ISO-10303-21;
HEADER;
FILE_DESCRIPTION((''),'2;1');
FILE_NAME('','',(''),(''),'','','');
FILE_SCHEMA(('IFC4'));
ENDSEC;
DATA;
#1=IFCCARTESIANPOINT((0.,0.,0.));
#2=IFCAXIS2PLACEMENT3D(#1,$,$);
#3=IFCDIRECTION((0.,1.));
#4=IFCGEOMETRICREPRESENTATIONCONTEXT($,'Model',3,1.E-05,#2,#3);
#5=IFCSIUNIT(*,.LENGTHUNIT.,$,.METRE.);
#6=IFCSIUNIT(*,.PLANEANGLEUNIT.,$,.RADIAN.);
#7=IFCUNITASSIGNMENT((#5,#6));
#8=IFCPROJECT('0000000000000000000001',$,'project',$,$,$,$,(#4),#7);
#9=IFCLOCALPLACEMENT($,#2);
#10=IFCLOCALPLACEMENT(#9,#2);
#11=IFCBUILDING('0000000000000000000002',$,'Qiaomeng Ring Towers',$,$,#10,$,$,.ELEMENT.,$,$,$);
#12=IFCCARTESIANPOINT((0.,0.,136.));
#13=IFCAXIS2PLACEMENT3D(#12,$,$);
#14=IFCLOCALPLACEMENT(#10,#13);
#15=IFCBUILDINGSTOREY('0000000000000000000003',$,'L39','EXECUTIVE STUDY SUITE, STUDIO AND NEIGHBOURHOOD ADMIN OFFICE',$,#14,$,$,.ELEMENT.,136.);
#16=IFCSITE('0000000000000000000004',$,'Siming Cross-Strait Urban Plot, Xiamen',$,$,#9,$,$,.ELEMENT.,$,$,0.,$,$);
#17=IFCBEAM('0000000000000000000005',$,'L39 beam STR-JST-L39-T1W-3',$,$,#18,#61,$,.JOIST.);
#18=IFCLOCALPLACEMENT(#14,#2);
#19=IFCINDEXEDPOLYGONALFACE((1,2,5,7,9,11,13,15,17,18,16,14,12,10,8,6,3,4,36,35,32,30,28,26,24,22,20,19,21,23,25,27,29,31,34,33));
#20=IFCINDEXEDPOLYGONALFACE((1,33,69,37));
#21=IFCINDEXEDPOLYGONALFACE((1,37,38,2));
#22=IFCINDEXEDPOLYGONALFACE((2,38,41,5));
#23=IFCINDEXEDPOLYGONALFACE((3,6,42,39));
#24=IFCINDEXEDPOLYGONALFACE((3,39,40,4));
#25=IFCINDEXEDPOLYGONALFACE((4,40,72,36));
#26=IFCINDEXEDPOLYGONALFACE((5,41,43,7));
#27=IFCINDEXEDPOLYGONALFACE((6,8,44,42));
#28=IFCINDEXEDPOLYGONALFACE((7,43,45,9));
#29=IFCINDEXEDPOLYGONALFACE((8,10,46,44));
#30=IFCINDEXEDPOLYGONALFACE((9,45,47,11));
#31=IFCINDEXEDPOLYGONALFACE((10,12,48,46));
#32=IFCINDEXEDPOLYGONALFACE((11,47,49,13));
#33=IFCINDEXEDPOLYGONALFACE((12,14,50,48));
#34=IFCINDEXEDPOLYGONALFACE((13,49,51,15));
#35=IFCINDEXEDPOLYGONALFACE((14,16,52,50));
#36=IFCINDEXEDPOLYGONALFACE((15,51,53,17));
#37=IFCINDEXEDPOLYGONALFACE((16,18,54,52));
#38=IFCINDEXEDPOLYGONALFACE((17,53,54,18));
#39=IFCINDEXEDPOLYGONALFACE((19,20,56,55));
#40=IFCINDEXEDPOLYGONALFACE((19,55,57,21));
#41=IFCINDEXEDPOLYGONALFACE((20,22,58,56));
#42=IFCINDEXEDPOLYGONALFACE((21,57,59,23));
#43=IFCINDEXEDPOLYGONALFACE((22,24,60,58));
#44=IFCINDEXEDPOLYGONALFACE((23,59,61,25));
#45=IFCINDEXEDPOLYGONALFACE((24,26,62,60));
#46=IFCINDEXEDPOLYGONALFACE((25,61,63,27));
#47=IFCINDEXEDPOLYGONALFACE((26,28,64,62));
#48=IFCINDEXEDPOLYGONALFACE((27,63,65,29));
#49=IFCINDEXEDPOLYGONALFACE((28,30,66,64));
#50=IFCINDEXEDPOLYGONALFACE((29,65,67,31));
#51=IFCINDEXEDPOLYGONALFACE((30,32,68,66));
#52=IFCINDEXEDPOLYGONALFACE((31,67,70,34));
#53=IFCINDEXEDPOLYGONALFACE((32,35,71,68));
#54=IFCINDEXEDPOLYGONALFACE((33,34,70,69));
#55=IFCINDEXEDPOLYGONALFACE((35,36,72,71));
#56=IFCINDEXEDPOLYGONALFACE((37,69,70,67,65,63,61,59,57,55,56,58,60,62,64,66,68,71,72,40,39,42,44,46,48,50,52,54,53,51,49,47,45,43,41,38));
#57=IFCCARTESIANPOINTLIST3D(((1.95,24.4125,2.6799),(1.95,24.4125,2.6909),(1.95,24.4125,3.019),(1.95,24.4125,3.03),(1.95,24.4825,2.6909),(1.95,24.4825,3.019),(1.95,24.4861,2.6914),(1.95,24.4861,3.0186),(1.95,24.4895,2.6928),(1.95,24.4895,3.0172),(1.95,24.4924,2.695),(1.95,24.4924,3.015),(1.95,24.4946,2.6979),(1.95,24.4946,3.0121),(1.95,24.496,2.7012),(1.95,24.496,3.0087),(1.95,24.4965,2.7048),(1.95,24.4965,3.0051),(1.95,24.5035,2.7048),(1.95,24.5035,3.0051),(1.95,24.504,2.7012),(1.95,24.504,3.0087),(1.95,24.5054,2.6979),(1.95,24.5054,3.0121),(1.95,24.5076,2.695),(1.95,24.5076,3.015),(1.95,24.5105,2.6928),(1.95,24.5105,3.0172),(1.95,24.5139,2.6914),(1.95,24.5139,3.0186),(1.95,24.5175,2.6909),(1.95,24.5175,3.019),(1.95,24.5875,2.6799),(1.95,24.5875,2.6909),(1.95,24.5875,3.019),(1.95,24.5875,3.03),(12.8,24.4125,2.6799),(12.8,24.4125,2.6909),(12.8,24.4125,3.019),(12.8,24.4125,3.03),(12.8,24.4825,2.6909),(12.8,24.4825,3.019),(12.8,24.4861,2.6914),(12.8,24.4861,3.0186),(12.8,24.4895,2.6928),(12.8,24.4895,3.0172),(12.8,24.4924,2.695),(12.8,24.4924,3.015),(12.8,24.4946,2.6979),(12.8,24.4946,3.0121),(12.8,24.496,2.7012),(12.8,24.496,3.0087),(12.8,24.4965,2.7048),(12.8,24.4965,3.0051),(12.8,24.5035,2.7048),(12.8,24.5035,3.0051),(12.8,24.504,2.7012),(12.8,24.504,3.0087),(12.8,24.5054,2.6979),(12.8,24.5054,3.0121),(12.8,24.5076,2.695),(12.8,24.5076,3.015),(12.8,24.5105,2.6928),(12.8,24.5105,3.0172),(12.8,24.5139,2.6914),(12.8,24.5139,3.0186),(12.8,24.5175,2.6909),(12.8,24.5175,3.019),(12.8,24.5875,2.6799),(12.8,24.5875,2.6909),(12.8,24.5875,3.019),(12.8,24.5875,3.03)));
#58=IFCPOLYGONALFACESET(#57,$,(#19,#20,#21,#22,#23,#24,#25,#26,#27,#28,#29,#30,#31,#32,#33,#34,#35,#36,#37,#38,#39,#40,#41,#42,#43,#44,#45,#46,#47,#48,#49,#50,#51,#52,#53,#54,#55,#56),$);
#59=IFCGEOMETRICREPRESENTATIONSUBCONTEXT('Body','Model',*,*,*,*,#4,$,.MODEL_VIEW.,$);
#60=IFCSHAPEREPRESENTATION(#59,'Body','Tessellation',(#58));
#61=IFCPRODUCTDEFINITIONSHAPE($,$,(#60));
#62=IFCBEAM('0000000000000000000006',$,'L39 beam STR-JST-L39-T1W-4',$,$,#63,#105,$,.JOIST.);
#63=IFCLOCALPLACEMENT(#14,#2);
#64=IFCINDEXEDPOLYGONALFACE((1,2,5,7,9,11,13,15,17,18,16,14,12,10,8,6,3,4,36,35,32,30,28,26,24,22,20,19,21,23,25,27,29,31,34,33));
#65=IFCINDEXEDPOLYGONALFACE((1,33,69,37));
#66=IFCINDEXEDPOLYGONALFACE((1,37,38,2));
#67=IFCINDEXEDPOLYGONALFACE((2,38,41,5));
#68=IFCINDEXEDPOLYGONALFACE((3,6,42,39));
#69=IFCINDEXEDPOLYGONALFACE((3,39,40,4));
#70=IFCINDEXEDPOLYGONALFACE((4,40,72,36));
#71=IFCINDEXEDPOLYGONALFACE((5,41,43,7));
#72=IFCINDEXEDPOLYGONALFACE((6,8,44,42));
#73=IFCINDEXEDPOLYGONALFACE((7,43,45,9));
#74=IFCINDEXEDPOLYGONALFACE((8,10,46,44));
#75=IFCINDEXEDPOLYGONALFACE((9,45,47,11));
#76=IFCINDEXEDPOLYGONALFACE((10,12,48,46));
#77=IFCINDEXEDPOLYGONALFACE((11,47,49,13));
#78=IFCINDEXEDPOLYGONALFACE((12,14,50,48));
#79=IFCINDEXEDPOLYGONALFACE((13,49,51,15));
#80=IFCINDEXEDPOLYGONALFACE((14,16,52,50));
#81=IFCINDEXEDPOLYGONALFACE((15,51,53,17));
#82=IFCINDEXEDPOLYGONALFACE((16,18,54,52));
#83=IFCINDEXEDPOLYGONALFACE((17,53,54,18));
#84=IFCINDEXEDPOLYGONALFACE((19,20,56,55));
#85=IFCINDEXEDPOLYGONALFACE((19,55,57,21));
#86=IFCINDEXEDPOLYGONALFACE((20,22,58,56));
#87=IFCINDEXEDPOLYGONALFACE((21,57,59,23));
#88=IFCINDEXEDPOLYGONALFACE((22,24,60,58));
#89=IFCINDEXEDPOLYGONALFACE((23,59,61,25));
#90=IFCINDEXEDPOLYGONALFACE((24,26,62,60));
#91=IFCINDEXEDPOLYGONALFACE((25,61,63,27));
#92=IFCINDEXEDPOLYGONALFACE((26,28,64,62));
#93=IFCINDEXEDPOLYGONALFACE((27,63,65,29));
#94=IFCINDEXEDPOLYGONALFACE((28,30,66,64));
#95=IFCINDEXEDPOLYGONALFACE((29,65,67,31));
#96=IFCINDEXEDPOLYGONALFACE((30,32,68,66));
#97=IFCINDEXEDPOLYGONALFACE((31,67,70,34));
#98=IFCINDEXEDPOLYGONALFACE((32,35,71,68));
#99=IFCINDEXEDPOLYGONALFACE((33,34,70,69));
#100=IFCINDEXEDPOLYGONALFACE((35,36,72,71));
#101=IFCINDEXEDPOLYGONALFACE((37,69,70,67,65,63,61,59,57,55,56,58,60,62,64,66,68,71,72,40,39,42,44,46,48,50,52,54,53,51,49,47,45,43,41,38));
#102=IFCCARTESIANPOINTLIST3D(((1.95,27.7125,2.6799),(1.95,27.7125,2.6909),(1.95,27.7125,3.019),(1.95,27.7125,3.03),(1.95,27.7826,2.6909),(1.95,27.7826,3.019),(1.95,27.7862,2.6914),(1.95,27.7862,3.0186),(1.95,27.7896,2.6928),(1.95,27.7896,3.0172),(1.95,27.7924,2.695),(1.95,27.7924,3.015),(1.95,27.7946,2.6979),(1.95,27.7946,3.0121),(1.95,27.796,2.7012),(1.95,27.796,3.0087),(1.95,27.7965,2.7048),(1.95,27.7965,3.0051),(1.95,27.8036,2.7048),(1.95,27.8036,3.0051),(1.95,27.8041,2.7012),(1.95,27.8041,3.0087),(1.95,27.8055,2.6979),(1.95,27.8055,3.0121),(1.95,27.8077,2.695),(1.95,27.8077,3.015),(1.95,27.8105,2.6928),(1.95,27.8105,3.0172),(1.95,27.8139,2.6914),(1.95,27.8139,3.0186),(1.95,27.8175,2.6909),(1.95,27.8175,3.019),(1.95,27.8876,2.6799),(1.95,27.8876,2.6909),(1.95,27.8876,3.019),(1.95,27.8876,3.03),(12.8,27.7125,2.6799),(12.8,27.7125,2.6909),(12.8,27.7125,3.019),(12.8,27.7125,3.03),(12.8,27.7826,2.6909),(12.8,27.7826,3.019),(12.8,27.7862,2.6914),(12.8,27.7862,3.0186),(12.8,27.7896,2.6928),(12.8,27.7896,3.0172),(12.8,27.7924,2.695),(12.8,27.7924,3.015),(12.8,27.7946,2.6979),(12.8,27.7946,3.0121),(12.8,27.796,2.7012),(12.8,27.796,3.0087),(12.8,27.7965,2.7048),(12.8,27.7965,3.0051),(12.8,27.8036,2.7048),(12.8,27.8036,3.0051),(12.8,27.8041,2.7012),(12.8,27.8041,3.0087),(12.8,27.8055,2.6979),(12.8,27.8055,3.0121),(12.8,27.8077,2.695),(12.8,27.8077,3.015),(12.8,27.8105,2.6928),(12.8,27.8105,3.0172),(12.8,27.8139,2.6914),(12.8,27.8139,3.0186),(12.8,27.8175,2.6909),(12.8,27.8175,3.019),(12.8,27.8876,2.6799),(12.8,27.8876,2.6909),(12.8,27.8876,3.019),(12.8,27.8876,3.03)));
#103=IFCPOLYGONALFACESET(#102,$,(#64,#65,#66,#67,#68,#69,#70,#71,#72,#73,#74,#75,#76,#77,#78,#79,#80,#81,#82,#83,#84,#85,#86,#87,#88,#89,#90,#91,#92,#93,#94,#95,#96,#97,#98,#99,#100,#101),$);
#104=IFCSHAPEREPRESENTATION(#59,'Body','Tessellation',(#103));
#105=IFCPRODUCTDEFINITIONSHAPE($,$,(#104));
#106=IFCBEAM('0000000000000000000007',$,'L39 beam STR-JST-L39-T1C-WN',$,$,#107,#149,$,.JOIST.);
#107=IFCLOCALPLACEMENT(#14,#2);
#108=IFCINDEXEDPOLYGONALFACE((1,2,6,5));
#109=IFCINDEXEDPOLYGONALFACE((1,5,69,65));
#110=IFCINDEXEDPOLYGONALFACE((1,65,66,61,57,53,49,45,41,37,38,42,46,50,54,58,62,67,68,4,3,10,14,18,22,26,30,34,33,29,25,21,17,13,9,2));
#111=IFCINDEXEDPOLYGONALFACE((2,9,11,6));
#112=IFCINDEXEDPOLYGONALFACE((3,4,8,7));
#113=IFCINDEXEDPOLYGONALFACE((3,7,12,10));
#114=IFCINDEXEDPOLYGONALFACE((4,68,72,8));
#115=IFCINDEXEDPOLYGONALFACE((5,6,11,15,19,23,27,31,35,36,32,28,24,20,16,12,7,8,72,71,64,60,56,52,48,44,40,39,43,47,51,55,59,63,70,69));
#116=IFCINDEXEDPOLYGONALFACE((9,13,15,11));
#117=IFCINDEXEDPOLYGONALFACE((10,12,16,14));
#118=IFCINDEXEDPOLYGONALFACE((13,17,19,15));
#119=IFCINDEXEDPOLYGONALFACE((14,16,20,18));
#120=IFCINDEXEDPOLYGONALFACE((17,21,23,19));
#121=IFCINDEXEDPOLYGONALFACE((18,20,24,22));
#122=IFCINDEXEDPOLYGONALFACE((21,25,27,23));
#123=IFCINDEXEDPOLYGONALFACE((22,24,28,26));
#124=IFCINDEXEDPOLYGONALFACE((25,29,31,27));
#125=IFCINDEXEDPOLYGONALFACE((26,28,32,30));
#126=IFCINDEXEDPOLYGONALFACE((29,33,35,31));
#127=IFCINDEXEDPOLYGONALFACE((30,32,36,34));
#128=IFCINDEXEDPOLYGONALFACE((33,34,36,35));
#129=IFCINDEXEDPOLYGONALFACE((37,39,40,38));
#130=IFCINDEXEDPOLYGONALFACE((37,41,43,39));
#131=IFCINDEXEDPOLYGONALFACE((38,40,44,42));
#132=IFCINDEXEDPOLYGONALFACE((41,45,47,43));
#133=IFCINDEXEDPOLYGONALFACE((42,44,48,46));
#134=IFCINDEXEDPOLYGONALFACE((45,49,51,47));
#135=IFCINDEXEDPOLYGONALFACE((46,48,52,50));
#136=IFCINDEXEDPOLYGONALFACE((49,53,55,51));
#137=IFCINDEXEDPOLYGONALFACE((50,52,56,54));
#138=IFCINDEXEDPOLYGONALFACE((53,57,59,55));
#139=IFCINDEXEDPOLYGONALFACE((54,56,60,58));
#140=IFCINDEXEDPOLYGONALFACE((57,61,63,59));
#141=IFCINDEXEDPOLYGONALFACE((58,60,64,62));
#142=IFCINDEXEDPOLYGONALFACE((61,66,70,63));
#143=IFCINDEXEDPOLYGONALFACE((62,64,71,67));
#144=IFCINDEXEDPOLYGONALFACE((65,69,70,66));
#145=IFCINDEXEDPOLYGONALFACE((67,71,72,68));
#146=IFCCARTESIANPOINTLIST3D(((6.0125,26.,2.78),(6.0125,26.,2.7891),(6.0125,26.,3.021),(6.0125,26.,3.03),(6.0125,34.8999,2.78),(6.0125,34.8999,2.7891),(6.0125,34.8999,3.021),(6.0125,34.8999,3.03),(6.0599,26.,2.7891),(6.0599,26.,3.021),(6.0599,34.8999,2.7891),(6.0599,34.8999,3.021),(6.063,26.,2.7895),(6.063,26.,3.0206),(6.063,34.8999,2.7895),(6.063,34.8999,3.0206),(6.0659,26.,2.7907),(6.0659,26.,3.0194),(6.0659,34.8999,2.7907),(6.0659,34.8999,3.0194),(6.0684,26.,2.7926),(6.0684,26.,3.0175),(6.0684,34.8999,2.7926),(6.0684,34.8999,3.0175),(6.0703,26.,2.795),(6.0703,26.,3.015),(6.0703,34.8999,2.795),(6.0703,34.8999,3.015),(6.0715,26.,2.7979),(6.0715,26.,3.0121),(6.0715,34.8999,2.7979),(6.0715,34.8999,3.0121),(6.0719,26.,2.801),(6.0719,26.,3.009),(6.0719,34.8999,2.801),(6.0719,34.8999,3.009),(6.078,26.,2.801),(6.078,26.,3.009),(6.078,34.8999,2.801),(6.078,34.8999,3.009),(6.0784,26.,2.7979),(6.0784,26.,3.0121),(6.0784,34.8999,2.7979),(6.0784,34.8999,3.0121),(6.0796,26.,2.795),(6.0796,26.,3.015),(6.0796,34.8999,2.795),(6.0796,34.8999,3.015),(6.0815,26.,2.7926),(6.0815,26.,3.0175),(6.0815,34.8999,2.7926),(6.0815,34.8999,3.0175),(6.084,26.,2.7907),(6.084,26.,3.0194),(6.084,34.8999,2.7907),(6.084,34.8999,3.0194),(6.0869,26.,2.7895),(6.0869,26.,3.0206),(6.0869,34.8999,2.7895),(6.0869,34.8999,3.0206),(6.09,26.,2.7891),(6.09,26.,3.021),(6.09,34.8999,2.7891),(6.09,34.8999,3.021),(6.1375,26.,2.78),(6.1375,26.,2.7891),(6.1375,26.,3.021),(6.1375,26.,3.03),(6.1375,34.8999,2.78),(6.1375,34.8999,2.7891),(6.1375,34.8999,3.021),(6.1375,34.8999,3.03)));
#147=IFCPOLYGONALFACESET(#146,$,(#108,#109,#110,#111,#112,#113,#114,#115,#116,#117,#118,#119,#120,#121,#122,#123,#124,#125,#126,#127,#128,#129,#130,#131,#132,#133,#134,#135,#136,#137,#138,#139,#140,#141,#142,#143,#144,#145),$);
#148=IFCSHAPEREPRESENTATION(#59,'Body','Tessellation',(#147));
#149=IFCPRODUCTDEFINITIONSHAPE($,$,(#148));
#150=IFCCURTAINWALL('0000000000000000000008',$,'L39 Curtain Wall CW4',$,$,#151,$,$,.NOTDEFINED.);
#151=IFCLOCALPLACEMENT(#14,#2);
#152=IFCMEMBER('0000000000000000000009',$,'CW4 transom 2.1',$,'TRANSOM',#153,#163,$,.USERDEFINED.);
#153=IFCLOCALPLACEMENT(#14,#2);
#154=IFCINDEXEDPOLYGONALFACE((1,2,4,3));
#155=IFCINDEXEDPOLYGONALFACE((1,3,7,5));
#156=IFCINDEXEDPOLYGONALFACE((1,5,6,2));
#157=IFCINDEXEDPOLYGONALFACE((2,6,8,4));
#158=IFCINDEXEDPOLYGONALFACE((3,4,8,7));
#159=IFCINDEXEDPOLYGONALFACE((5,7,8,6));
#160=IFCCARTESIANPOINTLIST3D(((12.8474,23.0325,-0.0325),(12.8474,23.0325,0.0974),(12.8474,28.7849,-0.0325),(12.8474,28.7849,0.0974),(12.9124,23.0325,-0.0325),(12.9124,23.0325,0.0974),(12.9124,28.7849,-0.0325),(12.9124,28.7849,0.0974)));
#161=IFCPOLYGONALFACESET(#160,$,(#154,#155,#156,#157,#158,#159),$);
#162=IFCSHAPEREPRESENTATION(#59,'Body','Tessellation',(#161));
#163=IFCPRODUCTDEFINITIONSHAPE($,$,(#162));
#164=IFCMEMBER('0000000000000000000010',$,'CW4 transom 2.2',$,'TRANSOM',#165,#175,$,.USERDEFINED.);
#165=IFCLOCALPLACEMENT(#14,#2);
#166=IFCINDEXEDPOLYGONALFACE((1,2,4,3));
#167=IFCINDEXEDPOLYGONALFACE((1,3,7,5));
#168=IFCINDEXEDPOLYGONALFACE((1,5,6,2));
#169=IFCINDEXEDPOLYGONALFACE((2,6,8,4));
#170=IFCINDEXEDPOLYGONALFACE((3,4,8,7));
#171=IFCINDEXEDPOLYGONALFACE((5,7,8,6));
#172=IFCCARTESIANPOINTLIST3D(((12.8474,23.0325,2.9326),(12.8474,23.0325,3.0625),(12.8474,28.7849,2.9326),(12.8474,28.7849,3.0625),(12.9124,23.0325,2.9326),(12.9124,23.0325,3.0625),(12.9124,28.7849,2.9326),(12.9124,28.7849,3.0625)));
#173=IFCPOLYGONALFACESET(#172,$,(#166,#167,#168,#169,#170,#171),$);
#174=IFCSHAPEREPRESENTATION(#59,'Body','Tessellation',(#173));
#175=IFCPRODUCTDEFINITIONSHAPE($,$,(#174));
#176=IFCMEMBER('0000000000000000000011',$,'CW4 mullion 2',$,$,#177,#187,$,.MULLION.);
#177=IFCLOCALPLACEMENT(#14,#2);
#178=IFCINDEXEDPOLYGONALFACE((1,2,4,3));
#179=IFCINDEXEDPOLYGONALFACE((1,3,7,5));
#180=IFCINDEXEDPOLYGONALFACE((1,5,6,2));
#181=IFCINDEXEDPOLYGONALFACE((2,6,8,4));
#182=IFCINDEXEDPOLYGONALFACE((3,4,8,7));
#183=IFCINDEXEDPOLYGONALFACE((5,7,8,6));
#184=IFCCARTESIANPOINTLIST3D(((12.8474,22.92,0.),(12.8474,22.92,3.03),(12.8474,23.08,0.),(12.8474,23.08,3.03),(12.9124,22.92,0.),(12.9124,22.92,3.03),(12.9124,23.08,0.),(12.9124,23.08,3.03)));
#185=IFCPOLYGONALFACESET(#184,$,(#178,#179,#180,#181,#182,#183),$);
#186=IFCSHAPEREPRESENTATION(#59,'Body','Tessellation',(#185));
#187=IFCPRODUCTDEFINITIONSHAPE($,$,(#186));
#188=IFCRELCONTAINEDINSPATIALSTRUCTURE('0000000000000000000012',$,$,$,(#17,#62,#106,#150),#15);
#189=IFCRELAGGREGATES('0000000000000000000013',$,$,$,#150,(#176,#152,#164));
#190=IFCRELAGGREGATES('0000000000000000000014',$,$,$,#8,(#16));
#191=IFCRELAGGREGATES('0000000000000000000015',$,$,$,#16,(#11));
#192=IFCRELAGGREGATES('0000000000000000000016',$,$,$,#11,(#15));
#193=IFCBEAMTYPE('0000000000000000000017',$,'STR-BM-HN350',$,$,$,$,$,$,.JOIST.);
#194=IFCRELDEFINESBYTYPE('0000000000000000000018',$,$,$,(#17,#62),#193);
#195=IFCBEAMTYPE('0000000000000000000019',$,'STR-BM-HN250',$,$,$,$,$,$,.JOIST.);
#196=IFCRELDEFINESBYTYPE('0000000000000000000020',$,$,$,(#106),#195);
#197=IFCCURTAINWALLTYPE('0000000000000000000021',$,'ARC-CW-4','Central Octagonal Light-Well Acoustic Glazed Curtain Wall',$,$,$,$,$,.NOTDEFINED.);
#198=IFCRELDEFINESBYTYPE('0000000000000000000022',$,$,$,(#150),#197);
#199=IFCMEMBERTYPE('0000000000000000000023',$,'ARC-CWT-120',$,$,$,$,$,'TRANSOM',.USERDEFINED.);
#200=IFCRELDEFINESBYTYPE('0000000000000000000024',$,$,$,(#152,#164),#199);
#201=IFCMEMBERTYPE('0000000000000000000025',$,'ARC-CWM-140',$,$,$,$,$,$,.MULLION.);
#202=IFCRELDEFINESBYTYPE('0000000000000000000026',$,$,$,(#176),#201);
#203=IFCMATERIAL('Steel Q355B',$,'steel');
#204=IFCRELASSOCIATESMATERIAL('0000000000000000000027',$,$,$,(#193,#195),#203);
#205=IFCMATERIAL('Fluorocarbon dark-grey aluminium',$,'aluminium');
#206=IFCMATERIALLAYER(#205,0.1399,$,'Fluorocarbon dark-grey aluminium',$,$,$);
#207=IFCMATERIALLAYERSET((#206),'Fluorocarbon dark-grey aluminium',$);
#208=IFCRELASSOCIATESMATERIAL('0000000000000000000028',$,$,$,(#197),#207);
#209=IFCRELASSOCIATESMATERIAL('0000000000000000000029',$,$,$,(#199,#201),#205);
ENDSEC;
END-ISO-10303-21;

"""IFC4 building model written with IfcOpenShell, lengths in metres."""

from ifc_helpers import new_model, si_unit, direction, frame, origin, origin_2d, place, context, subcontext, project, spatial, rectangle, i_section, extrude, source, transform, mapped, material, layer, layer_set, material_profile, profile_set, type_object, element, aggregate, save


model = new_model("IFC4")

# Units and contexts
model_context = context("Model", 3, precision=1e-05, world=origin(), true_north=direction((0.0, 1.0)))
body_context = subcontext(model_context, "Body", "Model", "MODEL_VIEW")
ifc_project = project(units=[si_unit("LENGTHUNIT", "METRE"), si_unit("PLANEANGLEUNIT", "RADIAN")], contexts=[model_context])

# Site, building, storey
site_placement = place(None, origin())
site = spatial("IfcSite", under=ifc_project, at=site_placement, Name="Siming Cross-Strait Urban Plot, Xiamen", CompositionType="ELEMENT", RefElevation=0.0)
building_placement = place(site_placement, origin())
building = spatial("IfcBuilding", under=site, at=building_placement, Name="Qiaomeng Ring Towers", CompositionType="ELEMENT")
storey_placement = place(building_placement, frame((0.0, 0.0, 136.0)))
storey = spatial("IfcBuildingStorey", under=building, at=storey_placement, Name="L39", Description="EXECUTIVE STUDY SUITE, STUDIO AND NEIGHBOURHOOD ADMIN OFFICE", CompositionType="ELEMENT", Elevation=136.0)

# Beams
ifc_material_1 = material(Name="Steel Q355B", Category="steel")
ifc_material_profile_1 = material_profile(ifc_material_1, i_section(OverallWidth=0.175, OverallDepth=0.3501, WebThickness=0.0071, FlangeThickness=0.011, FilletRadius=0.0139, at=origin_2d()), Name="HN 350x175x7x11")
ifc_profile_set_1 = profile_set([ifc_material_profile_1], Name="Steel Q355B")
beam_type_1 = type_object("IfcBeamType", Name="STR-BM-HN350", PredefinedType="JOIST", material=ifc_profile_set_1)
shared_shape_1 = source(origin(), body_context, "Body", "SweptSolid", [
    extrude(i_section(OverallWidth=0.175, OverallDepth=0.3501, WebThickness=0.0071, FlangeThickness=0.011, FilletRadius=0.0139, at=origin_2d()), origin(), (0.0, 0.0, 1.0), 10.8501),
])
for number, where, z_axis, x_axis, name in (
    (1, (1.95, 24.5, 2.855), (1.0, 0.0, 0.0), (0.0, 1.0, 0.0), "L39 beam STR-JST-L39-T1W-3"),
    (2, (1.95, 27.8, 2.855), (1.0, 0.0, 0.0), (0.0, 1.0, 0.0), "L39 beam STR-JST-L39-T1W-4"),
):
    element("IfcBeam", number, at=place(storey_placement, frame(where, z_axis=z_axis, x_axis=x_axis)), inside=storey, type_object=beam_type_1, Name=name, PredefinedType="JOIST", context=body_context, shape_type="MappedRepresentation", body=[
        mapped(shared_shape_1, transform((0.0, 0.0, 0.0), x_axis=(1.0, 0.0, 0.0), y_axis=(0.0, 1.0, 0.0), z_axis=(0.0, 0.0, 1.0), scale=1.0)),
    ])
ifc_material_profile_2 = material_profile(ifc_material_1, i_section(OverallWidth=0.125, OverallDepth=0.25, WebThickness=0.0061, FlangeThickness=0.009, FilletRadius=0.012, at=origin_2d()), Name="HN 250x125x6x9")
ifc_profile_set_2 = profile_set([ifc_material_profile_2], Name="Steel Q355B")
beam_type_2 = type_object("IfcBeamType", Name="STR-BM-HN250", PredefinedType="JOIST", material=ifc_profile_set_2)
shared_shape_2 = source(origin(), body_context, "Body", "SweptSolid", [
    extrude(i_section(OverallWidth=0.125, OverallDepth=0.25, WebThickness=0.0061, FlangeThickness=0.009, FilletRadius=0.012, at=origin_2d()), origin(), (0.0, 0.0, 1.0), 8.8999),
])
beam_1_placement = place(storey_placement, frame((6.075, 26.0, 2.905), z_axis=(0.0, 1.0, 0.0), x_axis=(-1.0, 0.0, 0.0)))
element("IfcBeam", 3, at=beam_1_placement, inside=storey, type_object=beam_type_2, Name="L39 beam STR-JST-L39-T1C-WN", PredefinedType="JOIST", context=body_context, shape_type="MappedRepresentation", body=[
    mapped(shared_shape_2, transform((0.0, 0.0, 0.0), x_axis=(1.0, 0.0, 0.0), y_axis=(0.0, 1.0, 0.0), z_axis=(0.0, 0.0, 1.0), scale=1.0)),
])

# Curtain wall, members
ifc_material_2 = material(Name="Fluorocarbon dark-grey aluminium", Category="aluminium")
ifc_layer_1 = layer(ifc_material_2, 0.1399, Name="Fluorocarbon dark-grey aluminium")
ifc_layer_set_1 = layer_set([ifc_layer_1], Name="Fluorocarbon dark-grey aluminium")
curtain_wall_type = type_object("IfcCurtainWallType", Name="ARC-CW-4", Description="Central Octagonal Light-Well Acoustic Glazed Curtain Wall", PredefinedType="NOTDEFINED", material=ifc_layer_set_1)
curtain_wall_placement = place(storey_placement, origin())
curtain_wall = element("IfcCurtainWall", 4, at=curtain_wall_placement, inside=storey, type_object=curtain_wall_type, Name="L39 Curtain Wall CW4", PredefinedType="NOTDEFINED")
ifc_material_profile_3 = material_profile(ifc_material_2, rectangle(XDim=0.0649, YDim=0.1299, at=origin_2d()), Name="ALU TRAN 65x130")
ifc_profile_set_3 = profile_set([ifc_material_profile_3], Name="Fluorocarbon dark-grey aluminium")
member_type_1 = type_object("IfcMemberType", Name="ARC-CWT-120", ElementType="TRANSOM", PredefinedType="USERDEFINED", material=ifc_profile_set_3)
shared_shape_3 = source(origin(), body_context, "Body", "SweptSolid", [
    extrude(rectangle(XDim=0.0649, YDim=0.1299, at=origin_2d()), origin(), (0.0, 0.0, 1.0), 5.7524),
])
member_1_placement = place(storey_placement, frame((12.8799, 23.0325, 0.0325), z_axis=(0.0, 1.0, 0.0), x_axis=(-1.0, 0.0, 0.0)))
member_1 = element("IfcMember", 5, at=member_1_placement, type_object=member_type_1, Name="CW4 transom 2.1", ObjectType="TRANSOM", PredefinedType="USERDEFINED", context=body_context, shape_type="MappedRepresentation", body=[
    mapped(shared_shape_3, transform((0.0, 0.0, 0.0), x_axis=(1.0, 0.0, 0.0), y_axis=(0.0, 1.0, 0.0), z_axis=(0.0, 0.0, 1.0), scale=1.0)),
])
member_2_placement = place(storey_placement, frame((12.8799, 23.0325, 2.9976), z_axis=(0.0, 1.0, 0.0), x_axis=(-1.0, 0.0, 0.0)))
member_2 = element("IfcMember", 6, at=member_2_placement, type_object=member_type_1, Name="CW4 transom 2.2", ObjectType="TRANSOM", PredefinedType="USERDEFINED", context=body_context, shape_type="MappedRepresentation", body=[
    mapped(shared_shape_3, transform((0.0, 0.0, 0.0), x_axis=(1.0, 0.0, 0.0), y_axis=(0.0, 1.0, 0.0), z_axis=(0.0, 0.0, 1.0), scale=1.0)),
])
ifc_material_profile_4 = material_profile(ifc_material_2, rectangle(XDim=0.0649, YDim=0.1599, at=origin_2d()), Name="ALU MULL 65x160")
ifc_profile_set_4 = profile_set([ifc_material_profile_4], Name="Fluorocarbon dark-grey aluminium")
member_type_2 = type_object("IfcMemberType", Name="ARC-CWM-140", PredefinedType="MULLION", material=ifc_profile_set_4)
shared_shape_4 = source(origin(), body_context, "Body", "SweptSolid", [
    extrude(rectangle(XDim=0.0649, YDim=0.1599, at=origin_2d()), origin(), (0.0, 0.0, 1.0), 3.03),
])
member_3_placement = place(storey_placement, frame((12.8799, 23.0, 0.0), z_axis=(0.0, 0.0, 1.0), x_axis=(-1.0, 0.0, 0.0)))
member_3 = element("IfcMember", 7, at=member_3_placement, type_object=member_type_2, Name="CW4 mullion 2", PredefinedType="MULLION", context=body_context, shape_type="MappedRepresentation", body=[
    mapped(shared_shape_4, transform((0.0, 0.0, 0.0), x_axis=(1.0, 0.0, 0.0), y_axis=(0.0, 1.0, 0.0), z_axis=(0.0, 0.0, 1.0), scale=1.0)),
])

aggregate(curtain_wall, [member_3, member_1, member_2])

save(model, "model.ifc")
